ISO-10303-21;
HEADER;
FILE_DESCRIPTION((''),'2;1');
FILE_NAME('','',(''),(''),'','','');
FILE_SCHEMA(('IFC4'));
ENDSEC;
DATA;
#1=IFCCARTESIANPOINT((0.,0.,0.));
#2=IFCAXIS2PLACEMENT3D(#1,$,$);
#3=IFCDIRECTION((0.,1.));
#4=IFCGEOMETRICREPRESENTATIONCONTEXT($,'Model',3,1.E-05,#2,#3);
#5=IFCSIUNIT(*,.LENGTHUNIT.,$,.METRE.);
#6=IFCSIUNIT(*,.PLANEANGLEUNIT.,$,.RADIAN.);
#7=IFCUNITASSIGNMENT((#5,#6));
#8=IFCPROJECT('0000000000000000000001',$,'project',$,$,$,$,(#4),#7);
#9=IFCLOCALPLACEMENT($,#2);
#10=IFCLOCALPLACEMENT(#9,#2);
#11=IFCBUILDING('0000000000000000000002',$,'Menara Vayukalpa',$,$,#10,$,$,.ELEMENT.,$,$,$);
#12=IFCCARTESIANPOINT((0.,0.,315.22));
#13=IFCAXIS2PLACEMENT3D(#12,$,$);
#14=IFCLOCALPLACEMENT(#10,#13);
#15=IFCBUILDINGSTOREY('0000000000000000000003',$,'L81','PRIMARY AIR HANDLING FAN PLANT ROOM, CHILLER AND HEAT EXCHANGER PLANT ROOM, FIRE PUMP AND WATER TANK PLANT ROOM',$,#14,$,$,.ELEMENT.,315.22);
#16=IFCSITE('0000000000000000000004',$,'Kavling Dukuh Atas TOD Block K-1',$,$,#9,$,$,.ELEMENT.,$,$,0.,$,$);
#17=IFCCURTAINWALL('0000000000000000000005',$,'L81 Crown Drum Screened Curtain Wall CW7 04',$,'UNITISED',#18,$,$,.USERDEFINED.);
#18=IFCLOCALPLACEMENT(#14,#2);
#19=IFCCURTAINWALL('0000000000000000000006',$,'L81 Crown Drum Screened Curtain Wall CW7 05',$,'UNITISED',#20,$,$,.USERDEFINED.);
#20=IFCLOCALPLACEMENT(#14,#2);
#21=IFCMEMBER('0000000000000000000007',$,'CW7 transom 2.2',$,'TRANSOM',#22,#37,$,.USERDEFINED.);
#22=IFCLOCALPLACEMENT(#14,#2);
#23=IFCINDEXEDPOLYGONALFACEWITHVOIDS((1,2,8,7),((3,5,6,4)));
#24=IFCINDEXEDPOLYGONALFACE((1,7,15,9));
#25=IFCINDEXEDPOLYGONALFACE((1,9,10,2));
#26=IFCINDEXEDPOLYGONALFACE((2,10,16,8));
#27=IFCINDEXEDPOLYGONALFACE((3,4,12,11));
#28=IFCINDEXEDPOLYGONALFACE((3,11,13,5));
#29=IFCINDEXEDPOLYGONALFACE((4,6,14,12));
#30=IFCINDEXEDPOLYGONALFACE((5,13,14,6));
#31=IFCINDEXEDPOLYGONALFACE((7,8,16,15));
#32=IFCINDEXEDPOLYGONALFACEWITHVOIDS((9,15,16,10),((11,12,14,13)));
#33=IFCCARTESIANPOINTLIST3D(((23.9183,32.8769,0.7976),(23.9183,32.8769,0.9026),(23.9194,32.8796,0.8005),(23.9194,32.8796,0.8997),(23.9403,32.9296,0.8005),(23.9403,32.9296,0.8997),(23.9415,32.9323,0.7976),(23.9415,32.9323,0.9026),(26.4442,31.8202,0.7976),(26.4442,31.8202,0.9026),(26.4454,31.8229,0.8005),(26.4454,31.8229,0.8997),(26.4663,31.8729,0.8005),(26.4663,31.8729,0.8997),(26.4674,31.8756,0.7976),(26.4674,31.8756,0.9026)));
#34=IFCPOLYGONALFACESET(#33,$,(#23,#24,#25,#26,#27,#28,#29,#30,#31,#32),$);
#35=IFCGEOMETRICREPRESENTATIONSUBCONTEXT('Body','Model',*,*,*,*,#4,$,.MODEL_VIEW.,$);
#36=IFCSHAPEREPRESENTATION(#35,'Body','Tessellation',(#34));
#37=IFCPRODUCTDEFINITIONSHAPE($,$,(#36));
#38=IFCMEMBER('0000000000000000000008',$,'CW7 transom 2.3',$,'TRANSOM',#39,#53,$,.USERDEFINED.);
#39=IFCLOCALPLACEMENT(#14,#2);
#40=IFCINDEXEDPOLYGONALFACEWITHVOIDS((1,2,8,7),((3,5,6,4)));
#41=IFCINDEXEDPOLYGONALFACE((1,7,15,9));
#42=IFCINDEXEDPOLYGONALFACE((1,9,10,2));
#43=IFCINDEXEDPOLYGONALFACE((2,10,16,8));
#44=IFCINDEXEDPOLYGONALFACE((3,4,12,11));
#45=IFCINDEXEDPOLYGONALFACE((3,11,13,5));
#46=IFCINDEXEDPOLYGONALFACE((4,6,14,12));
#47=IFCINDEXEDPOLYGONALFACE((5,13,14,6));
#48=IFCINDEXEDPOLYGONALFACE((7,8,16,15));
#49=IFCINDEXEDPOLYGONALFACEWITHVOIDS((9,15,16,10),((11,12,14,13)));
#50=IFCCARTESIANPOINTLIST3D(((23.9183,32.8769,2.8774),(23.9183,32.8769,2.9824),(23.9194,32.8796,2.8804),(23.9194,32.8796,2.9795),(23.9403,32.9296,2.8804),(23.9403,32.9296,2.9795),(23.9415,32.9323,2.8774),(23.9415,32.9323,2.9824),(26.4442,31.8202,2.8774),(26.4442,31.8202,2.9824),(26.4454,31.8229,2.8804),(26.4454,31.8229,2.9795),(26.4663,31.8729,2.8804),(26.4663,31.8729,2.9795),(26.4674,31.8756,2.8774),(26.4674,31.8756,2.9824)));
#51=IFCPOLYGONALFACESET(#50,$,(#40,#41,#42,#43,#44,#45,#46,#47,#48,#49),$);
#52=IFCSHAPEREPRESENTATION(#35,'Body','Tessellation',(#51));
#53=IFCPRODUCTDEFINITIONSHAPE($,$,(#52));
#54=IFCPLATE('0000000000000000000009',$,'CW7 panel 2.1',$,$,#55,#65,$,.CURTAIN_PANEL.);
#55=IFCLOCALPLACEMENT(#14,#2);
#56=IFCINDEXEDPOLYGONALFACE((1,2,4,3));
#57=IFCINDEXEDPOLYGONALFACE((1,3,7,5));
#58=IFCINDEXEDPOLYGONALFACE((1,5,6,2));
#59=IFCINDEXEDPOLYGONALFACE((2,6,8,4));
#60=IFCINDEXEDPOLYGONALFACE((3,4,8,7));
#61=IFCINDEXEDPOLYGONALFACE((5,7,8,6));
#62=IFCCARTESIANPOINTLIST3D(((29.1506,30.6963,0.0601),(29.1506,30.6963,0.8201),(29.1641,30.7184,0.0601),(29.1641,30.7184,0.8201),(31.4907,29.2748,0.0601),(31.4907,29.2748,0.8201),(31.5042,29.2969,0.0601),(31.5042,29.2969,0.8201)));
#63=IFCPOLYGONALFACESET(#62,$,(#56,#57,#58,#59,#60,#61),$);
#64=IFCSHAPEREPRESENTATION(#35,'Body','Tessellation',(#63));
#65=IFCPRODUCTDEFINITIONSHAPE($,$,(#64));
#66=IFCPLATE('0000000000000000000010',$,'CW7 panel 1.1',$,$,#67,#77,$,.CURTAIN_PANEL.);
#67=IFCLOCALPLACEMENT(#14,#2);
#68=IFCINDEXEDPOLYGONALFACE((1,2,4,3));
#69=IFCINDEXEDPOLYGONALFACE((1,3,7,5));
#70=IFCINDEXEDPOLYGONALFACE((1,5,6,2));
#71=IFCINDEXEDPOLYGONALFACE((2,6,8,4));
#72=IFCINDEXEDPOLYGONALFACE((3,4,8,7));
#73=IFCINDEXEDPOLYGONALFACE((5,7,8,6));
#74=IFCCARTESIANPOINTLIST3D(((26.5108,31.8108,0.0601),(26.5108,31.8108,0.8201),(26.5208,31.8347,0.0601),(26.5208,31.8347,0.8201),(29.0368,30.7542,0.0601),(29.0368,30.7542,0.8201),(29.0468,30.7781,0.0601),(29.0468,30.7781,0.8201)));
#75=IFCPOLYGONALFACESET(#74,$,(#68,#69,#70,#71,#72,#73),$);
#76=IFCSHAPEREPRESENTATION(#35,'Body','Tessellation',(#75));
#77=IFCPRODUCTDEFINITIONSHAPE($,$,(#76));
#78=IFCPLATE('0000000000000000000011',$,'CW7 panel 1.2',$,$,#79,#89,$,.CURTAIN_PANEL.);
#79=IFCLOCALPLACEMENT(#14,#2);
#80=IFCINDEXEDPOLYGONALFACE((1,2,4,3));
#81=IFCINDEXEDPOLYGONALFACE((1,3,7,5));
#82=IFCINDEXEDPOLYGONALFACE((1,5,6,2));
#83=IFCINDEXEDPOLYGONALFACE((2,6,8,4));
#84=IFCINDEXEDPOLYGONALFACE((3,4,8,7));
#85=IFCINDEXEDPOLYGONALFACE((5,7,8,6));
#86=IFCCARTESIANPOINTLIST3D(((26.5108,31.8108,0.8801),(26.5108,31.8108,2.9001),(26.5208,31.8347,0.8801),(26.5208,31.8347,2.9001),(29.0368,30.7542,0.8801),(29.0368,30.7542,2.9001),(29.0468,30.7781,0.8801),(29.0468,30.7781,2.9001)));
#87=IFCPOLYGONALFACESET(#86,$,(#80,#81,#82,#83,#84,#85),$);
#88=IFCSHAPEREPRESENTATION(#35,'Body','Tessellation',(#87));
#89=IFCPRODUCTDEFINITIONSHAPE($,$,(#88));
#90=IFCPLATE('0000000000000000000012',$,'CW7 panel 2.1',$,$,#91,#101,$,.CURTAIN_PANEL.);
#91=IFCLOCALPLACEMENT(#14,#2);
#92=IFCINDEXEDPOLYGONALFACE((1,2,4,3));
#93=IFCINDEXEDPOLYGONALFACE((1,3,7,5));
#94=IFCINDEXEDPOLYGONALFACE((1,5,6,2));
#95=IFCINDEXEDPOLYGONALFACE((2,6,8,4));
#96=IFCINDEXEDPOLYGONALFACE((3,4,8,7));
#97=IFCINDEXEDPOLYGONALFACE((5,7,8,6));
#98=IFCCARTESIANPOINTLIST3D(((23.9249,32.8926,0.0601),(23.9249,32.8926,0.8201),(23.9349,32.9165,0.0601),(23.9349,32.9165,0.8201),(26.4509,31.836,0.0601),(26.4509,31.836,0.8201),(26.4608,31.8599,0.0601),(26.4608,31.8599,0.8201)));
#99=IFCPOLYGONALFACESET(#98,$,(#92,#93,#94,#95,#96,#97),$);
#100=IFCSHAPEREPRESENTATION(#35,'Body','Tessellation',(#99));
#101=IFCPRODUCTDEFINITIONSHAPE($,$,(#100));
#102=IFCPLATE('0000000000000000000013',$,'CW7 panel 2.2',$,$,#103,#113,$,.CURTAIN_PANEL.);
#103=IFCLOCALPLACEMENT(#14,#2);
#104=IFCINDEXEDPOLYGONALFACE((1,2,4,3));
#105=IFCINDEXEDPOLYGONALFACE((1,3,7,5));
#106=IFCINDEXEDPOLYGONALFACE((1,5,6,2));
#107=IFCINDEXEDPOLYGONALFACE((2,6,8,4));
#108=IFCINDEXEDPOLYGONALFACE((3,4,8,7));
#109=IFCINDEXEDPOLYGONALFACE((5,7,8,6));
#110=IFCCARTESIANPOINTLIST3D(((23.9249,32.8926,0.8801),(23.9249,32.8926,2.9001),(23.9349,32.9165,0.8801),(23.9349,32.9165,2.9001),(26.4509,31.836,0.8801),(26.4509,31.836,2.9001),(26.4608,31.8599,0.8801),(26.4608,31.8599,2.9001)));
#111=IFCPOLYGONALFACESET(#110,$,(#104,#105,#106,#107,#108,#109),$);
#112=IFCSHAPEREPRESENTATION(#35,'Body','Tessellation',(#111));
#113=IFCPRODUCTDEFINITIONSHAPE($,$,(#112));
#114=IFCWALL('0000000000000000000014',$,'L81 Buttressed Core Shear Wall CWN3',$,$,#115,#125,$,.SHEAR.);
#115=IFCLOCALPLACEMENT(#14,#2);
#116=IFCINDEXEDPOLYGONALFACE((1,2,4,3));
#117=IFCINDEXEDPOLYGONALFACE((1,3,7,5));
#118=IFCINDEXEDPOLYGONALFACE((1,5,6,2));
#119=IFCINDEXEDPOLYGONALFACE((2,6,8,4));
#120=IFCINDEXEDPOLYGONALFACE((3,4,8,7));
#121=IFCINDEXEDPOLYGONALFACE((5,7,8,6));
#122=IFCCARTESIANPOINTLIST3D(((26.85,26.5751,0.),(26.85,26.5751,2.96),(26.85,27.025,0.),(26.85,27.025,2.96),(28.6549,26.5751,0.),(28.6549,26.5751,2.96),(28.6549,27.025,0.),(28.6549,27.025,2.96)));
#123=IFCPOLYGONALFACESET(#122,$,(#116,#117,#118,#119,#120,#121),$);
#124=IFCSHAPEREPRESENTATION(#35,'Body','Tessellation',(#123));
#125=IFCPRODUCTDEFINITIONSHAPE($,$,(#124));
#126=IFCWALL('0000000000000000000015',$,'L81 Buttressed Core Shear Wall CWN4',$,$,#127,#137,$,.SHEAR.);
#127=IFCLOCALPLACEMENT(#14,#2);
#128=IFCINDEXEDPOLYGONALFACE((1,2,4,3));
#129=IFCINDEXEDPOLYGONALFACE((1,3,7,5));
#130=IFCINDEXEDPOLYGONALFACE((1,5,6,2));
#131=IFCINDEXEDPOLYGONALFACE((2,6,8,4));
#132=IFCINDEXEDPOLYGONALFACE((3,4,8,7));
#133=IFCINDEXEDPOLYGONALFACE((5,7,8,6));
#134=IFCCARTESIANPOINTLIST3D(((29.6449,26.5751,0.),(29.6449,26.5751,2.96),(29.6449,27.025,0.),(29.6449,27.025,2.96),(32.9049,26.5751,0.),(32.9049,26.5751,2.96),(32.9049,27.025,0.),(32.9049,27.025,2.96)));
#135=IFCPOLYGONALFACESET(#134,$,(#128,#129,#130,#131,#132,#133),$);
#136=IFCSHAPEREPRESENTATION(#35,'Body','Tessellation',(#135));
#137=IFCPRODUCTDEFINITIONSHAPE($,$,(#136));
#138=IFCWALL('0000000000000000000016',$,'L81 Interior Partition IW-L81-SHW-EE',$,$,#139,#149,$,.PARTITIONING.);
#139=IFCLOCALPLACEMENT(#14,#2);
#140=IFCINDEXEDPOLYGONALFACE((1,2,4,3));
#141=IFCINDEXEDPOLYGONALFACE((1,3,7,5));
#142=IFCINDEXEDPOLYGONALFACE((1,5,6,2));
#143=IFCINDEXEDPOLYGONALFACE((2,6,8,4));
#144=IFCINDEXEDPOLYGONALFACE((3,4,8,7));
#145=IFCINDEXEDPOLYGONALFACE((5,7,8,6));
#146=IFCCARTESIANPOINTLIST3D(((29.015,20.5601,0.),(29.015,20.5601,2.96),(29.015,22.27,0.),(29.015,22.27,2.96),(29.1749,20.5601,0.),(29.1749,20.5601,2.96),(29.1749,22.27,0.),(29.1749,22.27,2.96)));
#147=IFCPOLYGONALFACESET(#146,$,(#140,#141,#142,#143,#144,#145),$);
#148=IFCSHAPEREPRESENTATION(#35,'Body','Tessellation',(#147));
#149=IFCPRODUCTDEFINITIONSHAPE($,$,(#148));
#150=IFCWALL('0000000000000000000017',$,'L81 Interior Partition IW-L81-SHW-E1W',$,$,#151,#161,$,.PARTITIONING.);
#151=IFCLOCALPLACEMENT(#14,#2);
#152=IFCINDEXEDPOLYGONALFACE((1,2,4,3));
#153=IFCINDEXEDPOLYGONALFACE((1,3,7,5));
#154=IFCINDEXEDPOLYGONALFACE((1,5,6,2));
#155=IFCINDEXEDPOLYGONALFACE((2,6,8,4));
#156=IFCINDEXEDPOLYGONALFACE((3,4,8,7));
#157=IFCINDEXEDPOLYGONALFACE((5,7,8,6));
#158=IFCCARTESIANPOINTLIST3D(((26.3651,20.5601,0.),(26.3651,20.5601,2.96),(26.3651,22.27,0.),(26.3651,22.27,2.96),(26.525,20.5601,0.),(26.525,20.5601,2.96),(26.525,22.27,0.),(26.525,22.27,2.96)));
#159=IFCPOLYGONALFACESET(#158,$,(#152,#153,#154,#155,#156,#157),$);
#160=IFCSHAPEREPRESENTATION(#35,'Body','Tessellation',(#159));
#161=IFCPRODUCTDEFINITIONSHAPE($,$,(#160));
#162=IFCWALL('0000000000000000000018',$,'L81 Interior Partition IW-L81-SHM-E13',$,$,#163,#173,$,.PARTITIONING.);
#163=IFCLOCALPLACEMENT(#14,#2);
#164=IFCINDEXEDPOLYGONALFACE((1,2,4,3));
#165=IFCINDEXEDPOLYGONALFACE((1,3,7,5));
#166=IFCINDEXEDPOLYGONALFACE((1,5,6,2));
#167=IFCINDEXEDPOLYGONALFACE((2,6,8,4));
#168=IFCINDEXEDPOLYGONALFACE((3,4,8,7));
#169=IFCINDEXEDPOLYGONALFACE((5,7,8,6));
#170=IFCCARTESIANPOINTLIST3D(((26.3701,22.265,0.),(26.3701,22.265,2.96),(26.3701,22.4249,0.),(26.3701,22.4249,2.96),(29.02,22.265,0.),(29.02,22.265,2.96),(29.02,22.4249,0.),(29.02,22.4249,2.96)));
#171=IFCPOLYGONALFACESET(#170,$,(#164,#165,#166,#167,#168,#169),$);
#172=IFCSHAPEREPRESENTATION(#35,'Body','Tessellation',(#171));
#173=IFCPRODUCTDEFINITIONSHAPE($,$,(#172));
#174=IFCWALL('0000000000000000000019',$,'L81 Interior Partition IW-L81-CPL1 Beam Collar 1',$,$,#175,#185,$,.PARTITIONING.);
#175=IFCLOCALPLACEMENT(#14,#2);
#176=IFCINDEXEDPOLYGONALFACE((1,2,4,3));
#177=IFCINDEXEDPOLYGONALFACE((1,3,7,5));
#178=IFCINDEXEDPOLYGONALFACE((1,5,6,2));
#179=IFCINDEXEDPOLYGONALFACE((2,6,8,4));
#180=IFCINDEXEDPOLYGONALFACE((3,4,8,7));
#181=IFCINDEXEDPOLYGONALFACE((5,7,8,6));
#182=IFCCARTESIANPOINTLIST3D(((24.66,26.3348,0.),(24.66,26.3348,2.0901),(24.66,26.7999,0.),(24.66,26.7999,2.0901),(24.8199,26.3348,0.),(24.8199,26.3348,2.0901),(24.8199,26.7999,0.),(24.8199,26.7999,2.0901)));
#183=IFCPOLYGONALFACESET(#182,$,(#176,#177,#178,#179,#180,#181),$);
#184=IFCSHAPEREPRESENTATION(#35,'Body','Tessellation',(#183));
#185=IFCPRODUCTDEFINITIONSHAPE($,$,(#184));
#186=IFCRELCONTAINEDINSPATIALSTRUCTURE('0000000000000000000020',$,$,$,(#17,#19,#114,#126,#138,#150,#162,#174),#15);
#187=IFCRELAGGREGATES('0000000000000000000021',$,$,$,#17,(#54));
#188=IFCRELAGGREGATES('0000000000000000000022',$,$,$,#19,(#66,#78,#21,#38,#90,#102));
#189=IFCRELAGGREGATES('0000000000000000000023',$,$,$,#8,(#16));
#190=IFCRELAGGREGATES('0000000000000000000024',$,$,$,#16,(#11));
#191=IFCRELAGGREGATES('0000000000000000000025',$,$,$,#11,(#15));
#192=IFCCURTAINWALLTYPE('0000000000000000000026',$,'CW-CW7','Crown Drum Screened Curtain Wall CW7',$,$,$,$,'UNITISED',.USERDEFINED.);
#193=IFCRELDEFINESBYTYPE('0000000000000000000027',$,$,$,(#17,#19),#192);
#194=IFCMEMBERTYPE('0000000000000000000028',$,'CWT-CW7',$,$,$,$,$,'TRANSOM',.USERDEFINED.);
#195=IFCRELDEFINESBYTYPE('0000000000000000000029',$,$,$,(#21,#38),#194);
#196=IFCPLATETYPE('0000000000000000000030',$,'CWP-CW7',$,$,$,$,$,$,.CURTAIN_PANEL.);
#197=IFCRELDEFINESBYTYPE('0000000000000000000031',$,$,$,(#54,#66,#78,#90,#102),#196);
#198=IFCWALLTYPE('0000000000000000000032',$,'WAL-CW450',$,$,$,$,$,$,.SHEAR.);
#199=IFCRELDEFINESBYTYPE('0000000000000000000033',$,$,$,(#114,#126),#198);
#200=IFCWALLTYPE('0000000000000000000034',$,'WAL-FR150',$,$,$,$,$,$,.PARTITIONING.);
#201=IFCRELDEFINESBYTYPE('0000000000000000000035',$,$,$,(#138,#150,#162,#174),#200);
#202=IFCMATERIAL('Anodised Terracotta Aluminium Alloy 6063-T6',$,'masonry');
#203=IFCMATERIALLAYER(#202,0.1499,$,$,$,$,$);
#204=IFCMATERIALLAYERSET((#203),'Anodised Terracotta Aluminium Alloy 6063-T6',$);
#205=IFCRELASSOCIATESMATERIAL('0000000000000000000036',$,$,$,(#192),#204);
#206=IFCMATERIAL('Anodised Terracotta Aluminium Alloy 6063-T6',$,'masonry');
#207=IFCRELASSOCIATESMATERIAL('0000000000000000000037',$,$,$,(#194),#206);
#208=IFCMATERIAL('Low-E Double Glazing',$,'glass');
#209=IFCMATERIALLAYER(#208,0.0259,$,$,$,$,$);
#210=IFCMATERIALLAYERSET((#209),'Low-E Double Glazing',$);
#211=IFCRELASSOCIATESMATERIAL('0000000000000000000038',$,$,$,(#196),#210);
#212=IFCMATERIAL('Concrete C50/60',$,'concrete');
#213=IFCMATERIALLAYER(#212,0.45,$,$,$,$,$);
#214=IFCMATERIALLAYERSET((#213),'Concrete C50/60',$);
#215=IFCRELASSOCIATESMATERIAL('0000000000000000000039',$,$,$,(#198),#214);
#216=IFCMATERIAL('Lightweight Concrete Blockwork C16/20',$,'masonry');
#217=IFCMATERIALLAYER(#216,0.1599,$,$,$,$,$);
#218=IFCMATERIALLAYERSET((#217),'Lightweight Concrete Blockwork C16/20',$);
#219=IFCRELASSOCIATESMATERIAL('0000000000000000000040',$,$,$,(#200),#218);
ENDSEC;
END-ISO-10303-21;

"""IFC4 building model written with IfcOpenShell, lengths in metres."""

from ifc_helpers import new_model, si_unit, direction, frame, frame_2d, origin, origin_2d, place, context, subcontext, project, spatial, rectangle, hollow_rectangle, extrude, material, layer, layer_set, material_profile, profile_set, type_object, element, aggregate, save


model = new_model("IFC4")

# Units and contexts
model_context = context("Model", 3, precision=1e-05, world=origin(), true_north=direction((0.0, 1.0)))
body_context = subcontext(model_context, "Body", "Model", "MODEL_VIEW")
ifc_project = project(units=[si_unit("LENGTHUNIT", "METRE"), si_unit("PLANEANGLEUNIT", "RADIAN")], contexts=[model_context])

# Site, building, storey
site_placement = place(None, origin())
site = spatial("IfcSite", under=ifc_project, at=site_placement, Name="Kavling Dukuh Atas TOD Block K-1", CompositionType="ELEMENT", RefElevation=0.0)
building_placement = place(site_placement, origin())
building = spatial("IfcBuilding", under=site, at=building_placement, Name="Menara Vayukalpa", CompositionType="ELEMENT")
storey_placement = place(building_placement, frame((0.0, 0.0, 315.22)))
storey = spatial("IfcBuildingStorey", under=building, at=storey_placement, Name="L81", Description="PRIMARY AIR HANDLING FAN PLANT ROOM, CHILLER AND HEAT EXCHANGER PLANT ROOM, FIRE PUMP AND WATER TANK PLANT ROOM", CompositionType="ELEMENT", Elevation=315.22)

# Curtain wall
ifc_material_1 = material(Name="Anodised Terracotta Aluminium Alloy 6063-T6", Category="masonry")
ifc_layer_1 = layer(ifc_material_1, 0.1499)
ifc_layer_set_1 = layer_set([ifc_layer_1], Name="Anodised Terracotta Aluminium Alloy 6063-T6")
curtain_wall_type = type_object("IfcCurtainWallType", Name="CW-CW7", Description="Crown Drum Screened Curtain Wall CW7", ElementType="UNITISED", PredefinedType="USERDEFINED", material=ifc_layer_set_1)
curtain_wall_1_placement = place(storey_placement, origin())
curtain_wall_1 = element("IfcCurtainWall", 1, at=curtain_wall_1_placement, inside=storey, type_object=curtain_wall_type, Name="L81 Crown Drum Screened Curtain Wall CW7 04", ObjectType="UNITISED", PredefinedType="USERDEFINED")

# Curtain wall
curtain_wall_2_placement = place(storey_placement, origin())
curtain_wall_2 = element("IfcCurtainWall", 2, at=curtain_wall_2_placement, inside=storey, type_object=curtain_wall_type, Name="L81 Crown Drum Screened Curtain Wall CW7 05", ObjectType="UNITISED", PredefinedType="USERDEFINED")

# Members
ifc_material_2 = material(Name="Anodised Terracotta Aluminium Alloy 6063-T6", Category="masonry")
ifc_material_profile_1 = material_profile(ifc_material_2, hollow_rectangle(XDim=0.0601, YDim=0.105, WallThickness=0.0029, at=origin_2d()), Name="ALU 60x105x3")
ifc_profile_set_1 = profile_set([ifc_material_profile_1], Name="Anodised Terracotta Aluminium Alloy 6063-T6")
member_type_1 = type_object("IfcMemberType", Name="CWT-CW7", ElementType="TRANSOM", PredefinedType="USERDEFINED", material=ifc_profile_set_1)
member_1_placement = place(storey_placement, frame((26.4558, 31.8479, 0.8501), z_axis=(-0.922533, 0.385919, 0.0), x_axis=(-0.385919, -0.922533, 0.0)))
member_1 = element("IfcMember", 3, at=member_1_placement, type_object=member_type_1, Name="CW7 transom 2.2", ObjectType="TRANSOM", PredefinedType="USERDEFINED", context=body_context, shape_type="SweptSolid", body=[
    extrude(hollow_rectangle(XDim=0.0601, YDim=0.105, WallThickness=0.0029, at=origin_2d()), origin(), (0.0, 0.0, 1.0), 2.738),
])
member_2_placement = place(storey_placement, frame((26.4558, 31.8479, 2.9299), z_axis=(-0.922533, 0.385919, 0.0), x_axis=(-0.385919, -0.922533, 0.0)))
member_2 = element("IfcMember", 4, at=member_2_placement, type_object=member_type_1, Name="CW7 transom 2.3", ObjectType="TRANSOM", PredefinedType="USERDEFINED", context=body_context, shape_type="SweptSolid", body=[
    extrude(hollow_rectangle(XDim=0.0601, YDim=0.105, WallThickness=0.0029, at=origin_2d()), origin(), (0.0, 0.0, 1.0), 2.738),
])

# Plates
ifc_material_3 = material(Name="Low-E Double Glazing", Category="glass")
ifc_layer_2 = layer(ifc_material_3, 0.0259)
ifc_layer_set_2 = layer_set([ifc_layer_2], Name="Low-E Double Glazing")
plate_type = type_object("IfcPlateType", Name="CWP-CW7", PredefinedType="CURTAIN_PANEL", material=ifc_layer_set_2)
plate_1_placement = place(storey_placement, frame((30.3274, 29.9966, 0.0601), z_axis=(0.0, 0.0, 1.0), x_axis=(-0.854667, 0.519176, 0.0)))
plate_1 = element("IfcPlate", 5, at=plate_1_placement, type_object=plate_type, Name="CW7 panel 2.1", PredefinedType="CURTAIN_PANEL", context=body_context, shape_type="SweptSolid", body=[
    extrude(rectangle(XDim=2.738, YDim=0.0259, at=origin_2d()), origin(), (0.0, 0.0, 1.0), 0.76),
])
aggregate(curtain_wall_1, [plate_1])
plate_2_placement = place(storey_placement, frame((27.7788, 31.2944, 0.0601), z_axis=(0.0, 0.0, 1.0), x_axis=(-0.922541, 0.385898, 0.0)))
plate_2 = element("IfcPlate", 6, at=plate_2_placement, type_object=plate_type, Name="CW7 panel 1.1", PredefinedType="CURTAIN_PANEL", context=body_context, shape_type="SweptSolid", body=[
    extrude(rectangle(XDim=2.738, YDim=0.0259, at=origin_2d()), origin(), (0.0, 0.0, 1.0), 0.76),
])
plate_3_placement = place(storey_placement, frame((27.7788, 31.2944, 0.8801), z_axis=(0.0, 0.0, 1.0), x_axis=(-0.922541, 0.385898, 0.0)))
plate_3 = element("IfcPlate", 7, at=plate_3_placement, type_object=plate_type, Name="CW7 panel 1.2", PredefinedType="CURTAIN_PANEL", context=body_context, shape_type="SweptSolid", body=[
    extrude(rectangle(XDim=2.738, YDim=0.0259, at=origin_2d()), origin(), (0.0, 0.0, 1.0), 2.02),
])
plate_4_placement = place(storey_placement, frame((25.1929, 32.3762, 0.0601), z_axis=(0.0, 0.0, 1.0), x_axis=(-0.922541, 0.385898, 0.0)))
plate_4 = element("IfcPlate", 8, at=plate_4_placement, type_object=plate_type, Name="CW7 panel 2.1", PredefinedType="CURTAIN_PANEL", context=body_context, shape_type="SweptSolid", body=[
    extrude(rectangle(XDim=2.738, YDim=0.0259, at=origin_2d()), origin(), (0.0, 0.0, 1.0), 0.76),
])
plate_5_placement = place(storey_placement, frame((25.1929, 32.3762, 0.8801), z_axis=(0.0, 0.0, 1.0), x_axis=(-0.922541, 0.385898, 0.0)))
plate_5 = element("IfcPlate", 9, at=plate_5_placement, type_object=plate_type, Name="CW7 panel 2.2", PredefinedType="CURTAIN_PANEL", context=body_context, shape_type="SweptSolid", body=[
    extrude(rectangle(XDim=2.738, YDim=0.0259, at=origin_2d()), origin(), (0.0, 0.0, 1.0), 2.02),
])
aggregate(curtain_wall_2, [plate_2, plate_3, member_1, member_2, plate_4, plate_5])

# Walls
ifc_material_4 = material(Name="Concrete C50/60", Category="concrete")
ifc_layer_3 = layer(ifc_material_4, 0.45)
ifc_layer_set_3 = layer_set([ifc_layer_3], Name="Concrete C50/60")
wall_type_1 = type_object("IfcWallType", Name="WAL-CW450", PredefinedType="SHEAR", material=ifc_layer_set_3)
wall_1_placement = place(storey_placement, frame((26.8501, 26.8, 0.0), z_axis=(0.0, 0.0, 1.0), x_axis=(1.0, 0.0, 0.0)))
element("IfcWall", 10, at=wall_1_placement, inside=storey, type_object=wall_type_1, Name="L81 Buttressed Core Shear Wall CWN3", PredefinedType="SHEAR", context=body_context, shape_type="SweptSolid", body=[
    extrude(rectangle(XDim=1.8049, YDim=0.45, at=frame_2d((0.9023, 0.0))), origin(), (0.0, 0.0, 1.0), 2.96),
])
wall_2_placement = place(storey_placement, frame((29.645, 26.8, 0.0), z_axis=(0.0, 0.0, 1.0), x_axis=(1.0, 0.0, 0.0)))
element("IfcWall", 11, at=wall_2_placement, inside=storey, type_object=wall_type_1, Name="L81 Buttressed Core Shear Wall CWN4", PredefinedType="SHEAR", context=body_context, shape_type="SweptSolid", body=[
    extrude(rectangle(XDim=3.26, YDim=0.45, at=frame_2d((1.6299, 0.0))), origin(), (0.0, 0.0, 1.0), 2.96),
])
ifc_material_5 = material(Name="Lightweight Concrete Blockwork C16/20", Category="masonry")
ifc_layer_4 = layer(ifc_material_5, 0.1599)
ifc_layer_set_4 = layer_set([ifc_layer_4], Name="Lightweight Concrete Blockwork C16/20")
wall_type_2 = type_object("IfcWallType", Name="WAL-FR150", PredefinedType="PARTITIONING", material=ifc_layer_set_4)
for number, where, z_axis, x_axis, name in (
    (12, (29.095, 20.5601, 0.0), (0.0, 0.0, 1.0), (0.0, 1.0, 0.0), "L81 Interior Partition IW-L81-SHW-EE"),
    (13, (26.4451, 20.5601, 0.0), (0.0, 0.0, 1.0), (0.0, 1.0, 0.0), "L81 Interior Partition IW-L81-SHW-E1W"),
):
    element("IfcWall", number, at=place(storey_placement, frame(where, z_axis=z_axis, x_axis=x_axis)), inside=storey, type_object=wall_type_2, Name=name, PredefinedType="PARTITIONING", context=body_context, shape_type="SweptSolid", body=[
        extrude(rectangle(XDim=1.71, YDim=0.1599, at=frame_2d((0.855, 0.0))), origin(), (0.0, 0.0, 1.0), 2.96),
    ])
wall_3_placement = place(storey_placement, frame((26.3701, 22.345, 0.0), z_axis=(0.0, 0.0, 1.0), x_axis=(1.0, 0.0, 0.0)))
element("IfcWall", 14, at=wall_3_placement, inside=storey, type_object=wall_type_2, Name="L81 Interior Partition IW-L81-SHM-E13", PredefinedType="PARTITIONING", context=body_context, shape_type="SweptSolid", body=[
    extrude(rectangle(XDim=2.6499, YDim=0.1599, at=frame_2d((1.325, 0.0))), origin(), (0.0, 0.0, 1.0), 2.96),
])
wall_4_placement = place(storey_placement, frame((24.74, 26.335, 0.0), z_axis=(0.0, 0.0, 1.0), x_axis=(0.0, 1.0, 0.0)))
element("IfcWall", 15, at=wall_4_placement, inside=storey, type_object=wall_type_2, Name="L81 Interior Partition IW-L81-CPL1 Beam Collar 1", PredefinedType="PARTITIONING", context=body_context, shape_type="SweptSolid", body=[
    extrude(rectangle(XDim=0.4651, YDim=0.1599, at=frame_2d((0.2324, 0.0))), origin(), (0.0, 0.0, 1.0), 2.0901),
])

save(model, "model.ifc")
